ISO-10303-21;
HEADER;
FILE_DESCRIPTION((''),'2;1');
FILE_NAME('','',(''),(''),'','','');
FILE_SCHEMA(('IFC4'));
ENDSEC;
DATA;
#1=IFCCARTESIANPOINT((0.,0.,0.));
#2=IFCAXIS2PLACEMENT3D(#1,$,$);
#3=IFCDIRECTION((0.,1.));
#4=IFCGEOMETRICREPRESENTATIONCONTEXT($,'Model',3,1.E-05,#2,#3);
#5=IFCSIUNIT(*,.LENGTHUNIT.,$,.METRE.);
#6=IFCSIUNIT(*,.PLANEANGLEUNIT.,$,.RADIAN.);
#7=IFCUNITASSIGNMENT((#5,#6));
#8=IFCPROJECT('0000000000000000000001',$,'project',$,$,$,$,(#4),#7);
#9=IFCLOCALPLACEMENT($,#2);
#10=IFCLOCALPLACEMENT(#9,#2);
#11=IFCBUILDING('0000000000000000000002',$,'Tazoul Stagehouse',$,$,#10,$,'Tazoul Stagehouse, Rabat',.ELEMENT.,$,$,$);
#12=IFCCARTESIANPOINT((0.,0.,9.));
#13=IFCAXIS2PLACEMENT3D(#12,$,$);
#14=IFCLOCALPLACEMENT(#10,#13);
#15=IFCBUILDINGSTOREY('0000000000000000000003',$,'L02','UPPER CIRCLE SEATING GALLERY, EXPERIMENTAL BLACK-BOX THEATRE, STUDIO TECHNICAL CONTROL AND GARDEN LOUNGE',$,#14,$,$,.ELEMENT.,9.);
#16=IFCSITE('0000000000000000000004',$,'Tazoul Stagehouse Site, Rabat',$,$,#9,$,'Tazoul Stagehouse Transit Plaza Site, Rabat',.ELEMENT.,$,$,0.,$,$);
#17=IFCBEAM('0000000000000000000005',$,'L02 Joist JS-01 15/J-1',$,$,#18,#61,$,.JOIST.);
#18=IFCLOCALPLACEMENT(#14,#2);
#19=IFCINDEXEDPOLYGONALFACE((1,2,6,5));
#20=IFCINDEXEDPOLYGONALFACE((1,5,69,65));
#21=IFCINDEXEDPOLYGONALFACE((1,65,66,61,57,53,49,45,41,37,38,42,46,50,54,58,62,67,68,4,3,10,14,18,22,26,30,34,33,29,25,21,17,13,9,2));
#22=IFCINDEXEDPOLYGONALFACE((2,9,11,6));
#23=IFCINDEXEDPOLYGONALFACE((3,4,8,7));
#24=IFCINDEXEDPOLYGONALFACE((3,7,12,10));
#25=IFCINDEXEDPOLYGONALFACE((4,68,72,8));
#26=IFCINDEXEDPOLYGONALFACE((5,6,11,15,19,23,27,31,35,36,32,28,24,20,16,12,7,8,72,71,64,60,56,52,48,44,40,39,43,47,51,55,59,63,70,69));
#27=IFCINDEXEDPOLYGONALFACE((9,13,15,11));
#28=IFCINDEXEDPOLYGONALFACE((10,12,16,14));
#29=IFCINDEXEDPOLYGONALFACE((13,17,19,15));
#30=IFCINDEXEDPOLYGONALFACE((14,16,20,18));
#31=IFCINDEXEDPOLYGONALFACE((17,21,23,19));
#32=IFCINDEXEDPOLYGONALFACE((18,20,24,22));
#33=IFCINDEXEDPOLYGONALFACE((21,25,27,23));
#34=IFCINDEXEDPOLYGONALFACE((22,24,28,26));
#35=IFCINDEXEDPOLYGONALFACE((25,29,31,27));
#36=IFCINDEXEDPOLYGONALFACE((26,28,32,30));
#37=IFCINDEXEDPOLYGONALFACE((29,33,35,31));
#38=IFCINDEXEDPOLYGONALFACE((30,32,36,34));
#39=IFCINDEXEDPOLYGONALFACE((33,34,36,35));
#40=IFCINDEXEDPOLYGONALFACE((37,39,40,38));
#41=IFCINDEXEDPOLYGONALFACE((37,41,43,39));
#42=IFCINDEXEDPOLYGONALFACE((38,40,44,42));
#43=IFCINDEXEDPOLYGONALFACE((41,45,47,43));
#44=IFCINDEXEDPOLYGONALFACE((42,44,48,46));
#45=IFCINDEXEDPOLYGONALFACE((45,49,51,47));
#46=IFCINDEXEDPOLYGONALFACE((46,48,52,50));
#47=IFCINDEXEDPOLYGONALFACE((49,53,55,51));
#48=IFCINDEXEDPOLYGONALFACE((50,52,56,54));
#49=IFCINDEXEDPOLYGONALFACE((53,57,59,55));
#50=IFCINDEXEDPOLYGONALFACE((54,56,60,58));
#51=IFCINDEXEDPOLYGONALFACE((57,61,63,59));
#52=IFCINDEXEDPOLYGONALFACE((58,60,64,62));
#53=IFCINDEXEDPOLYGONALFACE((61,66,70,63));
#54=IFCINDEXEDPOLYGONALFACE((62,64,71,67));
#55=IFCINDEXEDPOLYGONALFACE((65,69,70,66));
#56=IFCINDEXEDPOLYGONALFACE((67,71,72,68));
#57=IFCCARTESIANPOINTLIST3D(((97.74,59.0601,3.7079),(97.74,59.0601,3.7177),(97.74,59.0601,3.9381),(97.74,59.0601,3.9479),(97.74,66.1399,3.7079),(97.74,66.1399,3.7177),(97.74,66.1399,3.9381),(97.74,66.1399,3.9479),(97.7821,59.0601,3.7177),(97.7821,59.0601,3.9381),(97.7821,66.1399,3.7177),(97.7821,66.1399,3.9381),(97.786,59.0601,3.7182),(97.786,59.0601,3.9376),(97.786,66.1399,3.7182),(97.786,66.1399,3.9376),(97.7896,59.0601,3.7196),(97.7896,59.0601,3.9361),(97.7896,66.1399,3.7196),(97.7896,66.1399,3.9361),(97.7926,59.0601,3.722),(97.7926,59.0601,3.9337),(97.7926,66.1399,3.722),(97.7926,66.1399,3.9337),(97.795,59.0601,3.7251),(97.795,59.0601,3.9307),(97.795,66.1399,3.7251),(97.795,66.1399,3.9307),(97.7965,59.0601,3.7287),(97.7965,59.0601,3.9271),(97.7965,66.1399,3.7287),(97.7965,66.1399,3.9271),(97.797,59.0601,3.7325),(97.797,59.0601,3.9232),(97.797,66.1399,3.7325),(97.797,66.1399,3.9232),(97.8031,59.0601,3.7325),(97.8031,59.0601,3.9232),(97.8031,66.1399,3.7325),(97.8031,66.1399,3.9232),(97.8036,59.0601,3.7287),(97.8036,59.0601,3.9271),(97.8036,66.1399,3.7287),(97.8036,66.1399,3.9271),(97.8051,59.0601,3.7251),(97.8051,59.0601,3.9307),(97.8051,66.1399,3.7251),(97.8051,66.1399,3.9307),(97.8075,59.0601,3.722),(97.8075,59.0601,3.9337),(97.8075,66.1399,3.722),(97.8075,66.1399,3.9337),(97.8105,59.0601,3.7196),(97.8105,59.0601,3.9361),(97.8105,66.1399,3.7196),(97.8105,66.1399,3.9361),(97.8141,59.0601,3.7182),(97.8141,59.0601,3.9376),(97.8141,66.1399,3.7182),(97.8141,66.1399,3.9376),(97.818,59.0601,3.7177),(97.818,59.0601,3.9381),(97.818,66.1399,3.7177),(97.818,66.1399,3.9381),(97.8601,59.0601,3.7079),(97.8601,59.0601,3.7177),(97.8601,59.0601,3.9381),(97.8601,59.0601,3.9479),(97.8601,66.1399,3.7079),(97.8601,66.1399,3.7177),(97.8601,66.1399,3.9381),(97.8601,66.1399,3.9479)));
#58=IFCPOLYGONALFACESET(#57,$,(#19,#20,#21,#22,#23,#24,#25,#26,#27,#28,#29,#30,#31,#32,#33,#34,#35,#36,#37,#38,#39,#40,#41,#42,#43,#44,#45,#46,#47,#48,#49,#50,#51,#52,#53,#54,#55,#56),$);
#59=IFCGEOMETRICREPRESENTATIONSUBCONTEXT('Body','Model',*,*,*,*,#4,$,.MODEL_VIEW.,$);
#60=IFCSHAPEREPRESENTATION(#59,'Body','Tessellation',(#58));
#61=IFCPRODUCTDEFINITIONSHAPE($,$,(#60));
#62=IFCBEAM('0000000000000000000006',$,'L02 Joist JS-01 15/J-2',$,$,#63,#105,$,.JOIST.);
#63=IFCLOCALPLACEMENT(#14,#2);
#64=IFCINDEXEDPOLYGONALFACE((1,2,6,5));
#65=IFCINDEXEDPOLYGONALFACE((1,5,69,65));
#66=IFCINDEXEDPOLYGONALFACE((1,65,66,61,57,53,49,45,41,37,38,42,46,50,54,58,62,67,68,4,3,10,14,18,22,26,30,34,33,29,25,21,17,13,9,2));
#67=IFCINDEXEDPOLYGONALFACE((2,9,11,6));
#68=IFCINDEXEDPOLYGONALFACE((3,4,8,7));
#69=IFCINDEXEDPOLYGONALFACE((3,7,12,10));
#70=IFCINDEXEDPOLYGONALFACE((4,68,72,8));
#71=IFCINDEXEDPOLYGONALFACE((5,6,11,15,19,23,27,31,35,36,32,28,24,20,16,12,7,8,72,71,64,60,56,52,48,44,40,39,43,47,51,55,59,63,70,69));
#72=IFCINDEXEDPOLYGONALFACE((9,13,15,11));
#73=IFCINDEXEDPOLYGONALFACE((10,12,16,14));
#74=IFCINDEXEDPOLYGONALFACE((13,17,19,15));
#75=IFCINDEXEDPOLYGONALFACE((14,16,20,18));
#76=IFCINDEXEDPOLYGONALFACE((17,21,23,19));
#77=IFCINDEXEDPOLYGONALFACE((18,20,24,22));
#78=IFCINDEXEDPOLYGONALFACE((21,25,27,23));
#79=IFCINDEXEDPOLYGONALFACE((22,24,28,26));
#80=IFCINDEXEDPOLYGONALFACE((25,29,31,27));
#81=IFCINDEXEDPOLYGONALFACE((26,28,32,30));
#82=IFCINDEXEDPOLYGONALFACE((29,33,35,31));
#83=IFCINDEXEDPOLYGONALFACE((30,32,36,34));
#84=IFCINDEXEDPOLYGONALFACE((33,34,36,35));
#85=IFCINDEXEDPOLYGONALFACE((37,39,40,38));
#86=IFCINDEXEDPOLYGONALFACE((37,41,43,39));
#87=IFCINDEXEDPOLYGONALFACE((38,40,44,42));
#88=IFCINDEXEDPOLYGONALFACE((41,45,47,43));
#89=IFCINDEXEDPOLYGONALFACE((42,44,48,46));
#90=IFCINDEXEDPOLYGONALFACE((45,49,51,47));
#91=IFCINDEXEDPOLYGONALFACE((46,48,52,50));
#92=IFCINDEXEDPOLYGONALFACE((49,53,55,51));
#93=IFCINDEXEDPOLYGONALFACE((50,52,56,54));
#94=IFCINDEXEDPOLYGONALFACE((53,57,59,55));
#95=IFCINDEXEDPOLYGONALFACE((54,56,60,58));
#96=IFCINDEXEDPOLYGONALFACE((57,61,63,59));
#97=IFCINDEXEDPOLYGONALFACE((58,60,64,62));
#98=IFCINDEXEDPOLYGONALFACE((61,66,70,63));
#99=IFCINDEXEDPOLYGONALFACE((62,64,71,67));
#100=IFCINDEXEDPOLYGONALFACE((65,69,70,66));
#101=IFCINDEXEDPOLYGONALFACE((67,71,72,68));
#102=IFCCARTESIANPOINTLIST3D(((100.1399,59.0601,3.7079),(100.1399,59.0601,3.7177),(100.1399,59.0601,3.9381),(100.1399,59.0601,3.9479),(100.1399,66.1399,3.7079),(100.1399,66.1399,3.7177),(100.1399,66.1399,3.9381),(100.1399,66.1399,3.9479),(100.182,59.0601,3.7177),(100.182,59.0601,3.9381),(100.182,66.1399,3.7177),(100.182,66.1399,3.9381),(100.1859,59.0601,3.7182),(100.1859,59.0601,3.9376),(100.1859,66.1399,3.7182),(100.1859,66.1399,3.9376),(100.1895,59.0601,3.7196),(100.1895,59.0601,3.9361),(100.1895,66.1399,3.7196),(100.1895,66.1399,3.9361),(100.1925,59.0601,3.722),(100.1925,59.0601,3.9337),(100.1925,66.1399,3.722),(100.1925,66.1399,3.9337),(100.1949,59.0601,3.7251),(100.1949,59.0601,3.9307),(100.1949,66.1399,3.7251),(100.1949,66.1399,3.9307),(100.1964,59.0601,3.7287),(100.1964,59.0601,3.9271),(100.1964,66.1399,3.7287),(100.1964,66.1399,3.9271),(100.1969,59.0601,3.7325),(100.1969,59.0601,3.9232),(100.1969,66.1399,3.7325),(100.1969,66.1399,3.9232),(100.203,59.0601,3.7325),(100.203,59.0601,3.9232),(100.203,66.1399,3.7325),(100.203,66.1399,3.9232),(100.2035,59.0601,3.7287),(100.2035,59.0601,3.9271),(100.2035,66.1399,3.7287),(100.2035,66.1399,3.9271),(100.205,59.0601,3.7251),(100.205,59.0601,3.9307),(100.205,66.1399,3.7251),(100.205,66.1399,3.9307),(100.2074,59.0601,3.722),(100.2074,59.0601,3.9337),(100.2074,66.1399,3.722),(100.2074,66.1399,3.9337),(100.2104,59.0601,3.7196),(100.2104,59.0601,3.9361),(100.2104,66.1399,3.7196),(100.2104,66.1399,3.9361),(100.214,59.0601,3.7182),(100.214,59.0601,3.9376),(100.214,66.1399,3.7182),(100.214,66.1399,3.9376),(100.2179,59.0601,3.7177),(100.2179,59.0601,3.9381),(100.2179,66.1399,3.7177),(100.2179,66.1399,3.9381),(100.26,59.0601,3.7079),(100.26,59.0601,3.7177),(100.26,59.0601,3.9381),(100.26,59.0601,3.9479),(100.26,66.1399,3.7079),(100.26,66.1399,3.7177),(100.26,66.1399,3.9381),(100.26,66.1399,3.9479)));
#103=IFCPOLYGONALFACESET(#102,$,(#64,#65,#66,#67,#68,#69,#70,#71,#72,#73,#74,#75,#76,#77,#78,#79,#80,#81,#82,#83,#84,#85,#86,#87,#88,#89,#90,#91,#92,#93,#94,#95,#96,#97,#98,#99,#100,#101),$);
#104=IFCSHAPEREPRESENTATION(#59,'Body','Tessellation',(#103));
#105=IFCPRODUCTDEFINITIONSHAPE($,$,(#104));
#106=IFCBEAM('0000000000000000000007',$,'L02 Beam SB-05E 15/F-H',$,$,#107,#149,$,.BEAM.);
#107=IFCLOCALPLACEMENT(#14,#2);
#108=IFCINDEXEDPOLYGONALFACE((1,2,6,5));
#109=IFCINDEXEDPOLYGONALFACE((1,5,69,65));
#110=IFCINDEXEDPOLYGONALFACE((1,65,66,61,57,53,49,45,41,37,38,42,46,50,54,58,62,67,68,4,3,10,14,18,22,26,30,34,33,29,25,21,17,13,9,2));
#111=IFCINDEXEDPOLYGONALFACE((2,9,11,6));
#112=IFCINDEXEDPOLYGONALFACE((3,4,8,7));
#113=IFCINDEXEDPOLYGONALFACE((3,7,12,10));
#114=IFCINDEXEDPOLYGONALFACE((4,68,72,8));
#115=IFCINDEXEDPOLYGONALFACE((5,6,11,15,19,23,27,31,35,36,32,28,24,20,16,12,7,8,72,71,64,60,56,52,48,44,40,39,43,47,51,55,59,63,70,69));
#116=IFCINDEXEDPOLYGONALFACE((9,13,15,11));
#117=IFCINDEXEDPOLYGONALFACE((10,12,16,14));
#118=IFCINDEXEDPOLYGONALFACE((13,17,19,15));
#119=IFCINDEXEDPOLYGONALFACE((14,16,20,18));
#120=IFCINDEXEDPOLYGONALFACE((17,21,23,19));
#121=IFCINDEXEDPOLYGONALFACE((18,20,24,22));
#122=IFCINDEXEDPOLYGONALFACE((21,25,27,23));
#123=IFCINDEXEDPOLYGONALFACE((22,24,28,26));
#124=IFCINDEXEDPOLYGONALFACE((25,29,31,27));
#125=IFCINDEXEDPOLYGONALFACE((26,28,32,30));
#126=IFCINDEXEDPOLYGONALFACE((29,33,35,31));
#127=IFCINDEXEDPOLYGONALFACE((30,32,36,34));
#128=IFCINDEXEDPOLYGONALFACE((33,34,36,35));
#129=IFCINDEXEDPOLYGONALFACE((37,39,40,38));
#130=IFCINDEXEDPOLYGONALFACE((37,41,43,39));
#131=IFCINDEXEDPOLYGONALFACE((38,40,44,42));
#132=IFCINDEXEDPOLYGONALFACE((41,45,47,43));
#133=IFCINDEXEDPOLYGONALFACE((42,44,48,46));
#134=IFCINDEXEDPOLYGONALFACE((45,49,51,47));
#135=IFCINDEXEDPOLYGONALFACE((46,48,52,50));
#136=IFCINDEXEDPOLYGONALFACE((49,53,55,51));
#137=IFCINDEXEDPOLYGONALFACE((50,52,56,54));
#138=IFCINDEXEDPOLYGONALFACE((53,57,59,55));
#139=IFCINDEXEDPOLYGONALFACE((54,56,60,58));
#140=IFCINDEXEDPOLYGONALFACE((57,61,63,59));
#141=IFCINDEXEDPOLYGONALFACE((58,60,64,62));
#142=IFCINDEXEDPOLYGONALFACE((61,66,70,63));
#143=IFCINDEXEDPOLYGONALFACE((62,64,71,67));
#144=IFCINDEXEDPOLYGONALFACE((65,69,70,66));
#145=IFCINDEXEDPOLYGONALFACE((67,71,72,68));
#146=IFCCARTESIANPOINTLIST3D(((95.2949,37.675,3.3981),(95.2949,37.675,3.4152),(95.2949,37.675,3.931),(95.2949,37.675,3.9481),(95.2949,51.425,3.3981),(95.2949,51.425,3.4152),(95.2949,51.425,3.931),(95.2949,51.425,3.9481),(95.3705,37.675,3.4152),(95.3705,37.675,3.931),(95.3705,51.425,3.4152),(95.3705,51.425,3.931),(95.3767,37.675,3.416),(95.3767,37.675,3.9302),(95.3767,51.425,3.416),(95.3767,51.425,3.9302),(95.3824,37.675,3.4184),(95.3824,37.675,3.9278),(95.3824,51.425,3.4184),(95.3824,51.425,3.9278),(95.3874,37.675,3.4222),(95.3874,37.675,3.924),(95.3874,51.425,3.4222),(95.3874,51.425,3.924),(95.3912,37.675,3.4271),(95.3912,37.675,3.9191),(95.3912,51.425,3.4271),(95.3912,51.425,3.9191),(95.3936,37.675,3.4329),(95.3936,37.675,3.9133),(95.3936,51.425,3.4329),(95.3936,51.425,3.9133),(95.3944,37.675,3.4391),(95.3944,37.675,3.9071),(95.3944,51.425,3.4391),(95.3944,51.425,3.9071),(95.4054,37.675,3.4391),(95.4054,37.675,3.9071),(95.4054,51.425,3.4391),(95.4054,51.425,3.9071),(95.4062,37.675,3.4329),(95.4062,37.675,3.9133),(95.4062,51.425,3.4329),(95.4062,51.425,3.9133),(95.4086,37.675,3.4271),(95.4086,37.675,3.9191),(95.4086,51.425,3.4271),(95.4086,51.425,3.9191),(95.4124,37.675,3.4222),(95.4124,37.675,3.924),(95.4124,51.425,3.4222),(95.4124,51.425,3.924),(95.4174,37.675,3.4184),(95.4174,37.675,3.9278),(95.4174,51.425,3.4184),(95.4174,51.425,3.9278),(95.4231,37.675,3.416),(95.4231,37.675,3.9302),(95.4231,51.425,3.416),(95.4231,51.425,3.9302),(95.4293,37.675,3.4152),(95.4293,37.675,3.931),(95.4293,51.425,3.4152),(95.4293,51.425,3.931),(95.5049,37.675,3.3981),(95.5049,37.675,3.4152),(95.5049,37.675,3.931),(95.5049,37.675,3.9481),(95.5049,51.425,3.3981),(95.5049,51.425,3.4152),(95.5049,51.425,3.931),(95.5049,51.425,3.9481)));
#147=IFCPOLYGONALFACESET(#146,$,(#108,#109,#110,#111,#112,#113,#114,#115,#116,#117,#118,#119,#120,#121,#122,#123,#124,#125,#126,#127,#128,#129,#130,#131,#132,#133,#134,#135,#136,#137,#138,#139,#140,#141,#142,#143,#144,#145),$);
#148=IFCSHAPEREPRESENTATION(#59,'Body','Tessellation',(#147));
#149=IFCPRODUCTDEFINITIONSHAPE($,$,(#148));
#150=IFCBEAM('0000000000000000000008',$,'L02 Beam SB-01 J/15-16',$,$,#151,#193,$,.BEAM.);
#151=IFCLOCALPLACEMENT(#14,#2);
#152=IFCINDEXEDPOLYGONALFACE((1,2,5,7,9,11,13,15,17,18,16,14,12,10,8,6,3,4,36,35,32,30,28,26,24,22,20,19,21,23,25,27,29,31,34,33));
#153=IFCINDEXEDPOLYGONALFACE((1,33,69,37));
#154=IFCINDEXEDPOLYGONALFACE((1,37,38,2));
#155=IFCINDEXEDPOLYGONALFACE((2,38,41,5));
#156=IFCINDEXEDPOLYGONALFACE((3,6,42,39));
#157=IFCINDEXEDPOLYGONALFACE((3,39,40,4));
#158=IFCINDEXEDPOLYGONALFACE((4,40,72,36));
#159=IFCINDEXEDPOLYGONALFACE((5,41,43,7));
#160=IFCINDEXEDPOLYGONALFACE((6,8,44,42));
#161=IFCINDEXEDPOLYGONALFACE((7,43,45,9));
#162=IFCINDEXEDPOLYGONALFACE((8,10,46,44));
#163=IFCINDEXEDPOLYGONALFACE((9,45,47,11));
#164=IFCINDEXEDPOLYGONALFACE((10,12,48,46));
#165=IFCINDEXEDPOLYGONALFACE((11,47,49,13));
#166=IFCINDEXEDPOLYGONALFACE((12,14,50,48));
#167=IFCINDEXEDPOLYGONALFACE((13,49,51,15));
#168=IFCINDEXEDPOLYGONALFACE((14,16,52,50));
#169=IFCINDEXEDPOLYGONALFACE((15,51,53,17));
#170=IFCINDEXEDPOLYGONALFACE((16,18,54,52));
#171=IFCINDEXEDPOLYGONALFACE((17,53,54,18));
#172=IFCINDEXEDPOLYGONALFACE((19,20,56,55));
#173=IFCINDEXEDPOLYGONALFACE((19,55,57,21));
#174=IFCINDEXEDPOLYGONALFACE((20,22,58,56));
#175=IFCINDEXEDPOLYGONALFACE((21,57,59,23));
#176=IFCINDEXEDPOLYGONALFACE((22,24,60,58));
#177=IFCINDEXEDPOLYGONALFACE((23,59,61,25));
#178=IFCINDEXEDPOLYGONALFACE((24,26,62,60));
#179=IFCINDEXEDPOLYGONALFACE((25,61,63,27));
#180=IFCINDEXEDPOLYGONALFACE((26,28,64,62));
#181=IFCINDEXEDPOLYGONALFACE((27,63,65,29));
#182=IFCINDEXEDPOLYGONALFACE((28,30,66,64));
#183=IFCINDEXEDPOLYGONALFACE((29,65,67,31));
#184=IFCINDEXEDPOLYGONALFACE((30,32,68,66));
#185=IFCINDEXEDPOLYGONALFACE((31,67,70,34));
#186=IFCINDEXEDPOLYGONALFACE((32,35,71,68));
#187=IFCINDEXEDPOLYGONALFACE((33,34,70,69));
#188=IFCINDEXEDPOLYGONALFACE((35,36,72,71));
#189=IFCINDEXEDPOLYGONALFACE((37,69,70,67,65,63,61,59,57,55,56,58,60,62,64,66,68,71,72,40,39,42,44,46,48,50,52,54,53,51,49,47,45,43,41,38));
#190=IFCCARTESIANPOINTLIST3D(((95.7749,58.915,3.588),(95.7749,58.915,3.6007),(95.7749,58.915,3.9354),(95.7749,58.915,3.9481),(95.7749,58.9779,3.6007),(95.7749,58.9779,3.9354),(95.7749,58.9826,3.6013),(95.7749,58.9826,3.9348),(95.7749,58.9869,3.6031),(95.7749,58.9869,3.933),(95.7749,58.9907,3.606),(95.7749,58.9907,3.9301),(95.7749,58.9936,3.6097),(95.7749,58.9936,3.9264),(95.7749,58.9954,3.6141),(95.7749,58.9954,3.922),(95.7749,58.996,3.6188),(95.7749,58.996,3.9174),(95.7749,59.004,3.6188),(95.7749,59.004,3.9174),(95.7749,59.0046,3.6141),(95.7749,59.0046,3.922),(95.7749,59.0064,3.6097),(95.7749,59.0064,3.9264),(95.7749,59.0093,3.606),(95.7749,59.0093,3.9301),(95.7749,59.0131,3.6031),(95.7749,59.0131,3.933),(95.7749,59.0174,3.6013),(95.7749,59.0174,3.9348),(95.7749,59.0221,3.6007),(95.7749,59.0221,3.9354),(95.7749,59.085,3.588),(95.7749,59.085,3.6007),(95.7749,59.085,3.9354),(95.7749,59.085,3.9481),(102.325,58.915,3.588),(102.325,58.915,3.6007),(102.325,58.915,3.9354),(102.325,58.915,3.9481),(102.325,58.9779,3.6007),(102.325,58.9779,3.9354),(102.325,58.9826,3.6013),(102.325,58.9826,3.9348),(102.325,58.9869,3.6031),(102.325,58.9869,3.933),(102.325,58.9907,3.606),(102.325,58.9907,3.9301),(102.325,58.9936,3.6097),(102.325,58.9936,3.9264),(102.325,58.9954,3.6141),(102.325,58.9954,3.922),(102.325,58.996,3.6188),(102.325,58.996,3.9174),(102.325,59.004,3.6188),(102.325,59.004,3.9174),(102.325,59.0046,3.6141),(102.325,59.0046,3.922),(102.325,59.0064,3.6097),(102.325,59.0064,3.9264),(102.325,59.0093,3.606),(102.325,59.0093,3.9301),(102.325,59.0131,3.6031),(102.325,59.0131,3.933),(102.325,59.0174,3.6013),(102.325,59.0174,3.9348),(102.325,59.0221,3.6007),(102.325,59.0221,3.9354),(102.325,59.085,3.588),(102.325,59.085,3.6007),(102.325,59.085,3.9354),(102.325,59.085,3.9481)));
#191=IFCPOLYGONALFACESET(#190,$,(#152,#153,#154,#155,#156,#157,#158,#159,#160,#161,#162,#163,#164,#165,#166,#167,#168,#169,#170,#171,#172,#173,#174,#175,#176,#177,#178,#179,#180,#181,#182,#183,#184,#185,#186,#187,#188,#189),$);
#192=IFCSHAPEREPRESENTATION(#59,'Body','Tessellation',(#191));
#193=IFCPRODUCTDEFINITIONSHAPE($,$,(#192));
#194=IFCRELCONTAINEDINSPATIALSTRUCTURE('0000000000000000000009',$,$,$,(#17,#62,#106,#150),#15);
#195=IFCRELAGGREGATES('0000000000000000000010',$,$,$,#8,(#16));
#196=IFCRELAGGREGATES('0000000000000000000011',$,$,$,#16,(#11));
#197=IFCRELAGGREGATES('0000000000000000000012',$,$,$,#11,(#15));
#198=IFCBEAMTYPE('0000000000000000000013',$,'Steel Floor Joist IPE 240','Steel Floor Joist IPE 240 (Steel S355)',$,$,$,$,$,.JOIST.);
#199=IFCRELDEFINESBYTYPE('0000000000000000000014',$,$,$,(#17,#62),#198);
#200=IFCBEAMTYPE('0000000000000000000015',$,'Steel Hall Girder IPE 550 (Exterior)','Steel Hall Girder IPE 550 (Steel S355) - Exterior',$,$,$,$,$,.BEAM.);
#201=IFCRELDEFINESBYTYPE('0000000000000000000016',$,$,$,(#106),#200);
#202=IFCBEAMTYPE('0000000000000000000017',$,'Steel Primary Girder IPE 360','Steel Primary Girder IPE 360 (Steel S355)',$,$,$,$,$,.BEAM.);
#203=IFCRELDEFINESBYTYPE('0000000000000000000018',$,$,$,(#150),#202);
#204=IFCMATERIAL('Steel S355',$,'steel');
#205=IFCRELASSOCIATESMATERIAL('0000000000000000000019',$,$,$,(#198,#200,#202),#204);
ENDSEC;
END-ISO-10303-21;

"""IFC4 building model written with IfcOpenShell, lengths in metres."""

from ifc_helpers import new_model, si_unit, direction, frame, origin, origin_2d, place, context, subcontext, project, spatial, i_section, extrude, material, material_profile, profile_set, type_object, element, save


model = new_model("IFC4")

# Units and contexts
model_context = context("Model", 3, precision=1e-05, world=origin(), true_north=direction((0.0, 1.0)))
body_context = subcontext(model_context, "Body", "Model", "MODEL_VIEW")
ifc_project = project(units=[si_unit("LENGTHUNIT", "METRE"), si_unit("PLANEANGLEUNIT", "RADIAN")], contexts=[model_context])

# Site, building, storey
site_placement = place(None, origin())
site = spatial("IfcSite", under=ifc_project, at=site_placement, Name="Tazoul Stagehouse Site, Rabat", LongName="Tazoul Stagehouse Transit Plaza Site, Rabat", CompositionType="ELEMENT", RefElevation=0.0)
building_placement = place(site_placement, origin())
building = spatial("IfcBuilding", under=site, at=building_placement, Name="Tazoul Stagehouse", LongName="Tazoul Stagehouse, Rabat", CompositionType="ELEMENT")
storey_placement = place(building_placement, frame((0.0, 0.0, 9.0)))
storey = spatial("IfcBuildingStorey", under=building, at=storey_placement, Name="L02", Description="UPPER CIRCLE SEATING GALLERY, EXPERIMENTAL BLACK-BOX THEATRE, STUDIO TECHNICAL CONTROL AND GARDEN LOUNGE", CompositionType="ELEMENT", Elevation=9.0)

# Beams
ifc_material_1 = material(Name="Steel S355", Category="steel")
ifc_material_profile_1 = material_profile(ifc_material_1, i_section(OverallWidth=0.1201, OverallDepth=0.24, WebThickness=0.0061, FlangeThickness=0.0098, FilletRadius=0.0149, at=origin_2d()), Name="IPE 240")
ifc_profile_set_1 = profile_set([ifc_material_profile_1], Name="Steel S355")
beam_type_1 = type_object("IfcBeamType", Name="Steel Floor Joist IPE 240", Description="Steel Floor Joist IPE 240 (Steel S355)", PredefinedType="JOIST", material=ifc_profile_set_1)
for number, where, z_axis, x_axis, name in (
    (1, (97.8, 59.0601, 3.8279), (0.0, 1.0, 0.0), (-1.0, 0.0, 0.0), "L02 Joist JS-01 15/J-1"),
    (2, (100.2, 59.0601, 3.8279), (0.0, 1.0, 0.0), (-1.0, 0.0, 0.0), "L02 Joist JS-01 15/J-2"),
):
    element("IfcBeam", number, at=place(storey_placement, frame(where, z_axis=z_axis, x_axis=x_axis)), inside=storey, type_object=beam_type_1, Name=name, PredefinedType="JOIST", context=body_context, shape_type="SweptSolid", body=[
        extrude(i_section(OverallWidth=0.1201, OverallDepth=0.24, WebThickness=0.0061, FlangeThickness=0.0098, FilletRadius=0.0149, at=origin_2d()), origin(), (0.0, 0.0, 1.0), 7.0798),
    ])
ifc_material_profile_2 = material_profile(ifc_material_1, i_section(OverallWidth=0.21, OverallDepth=0.55, WebThickness=0.011, FlangeThickness=0.0171, FilletRadius=0.0239, at=origin_2d()), Name="IPE 550")
ifc_profile_set_2 = profile_set([ifc_material_profile_2], Name="Steel S355")
beam_type_2 = type_object("IfcBeamType", Name="Steel Hall Girder IPE 550 (Exterior)", Description="Steel Hall Girder IPE 550 (Steel S355) - Exterior", PredefinedType="BEAM", material=ifc_profile_set_2)
beam_1_placement = place(storey_placement, frame((95.3999, 37.675, 3.6731), z_axis=(0.0, 1.0, 0.0), x_axis=(-1.0, 0.0, 0.0)))
element("IfcBeam", 3, at=beam_1_placement, inside=storey, type_object=beam_type_2, Name="L02 Beam SB-05E 15/F-H", PredefinedType="BEAM", context=body_context, shape_type="SweptSolid", body=[
    extrude(i_section(OverallWidth=0.21, OverallDepth=0.55, WebThickness=0.011, FlangeThickness=0.0171, FilletRadius=0.0239, at=origin_2d()), origin(), (0.0, 0.0, 1.0), 13.75),
])
ifc_material_profile_3 = material_profile(ifc_material_1, i_section(OverallWidth=0.1699, OverallDepth=0.3601, WebThickness=0.0081, FlangeThickness=0.0127, FilletRadius=0.0181, at=origin_2d()), Name="IPE 360")
ifc_profile_set_3 = profile_set([ifc_material_profile_3], Name="Steel S355")
beam_type_3 = type_object("IfcBeamType", Name="Steel Primary Girder IPE 360", Description="Steel Primary Girder IPE 360 (Steel S355)", PredefinedType="BEAM", material=ifc_profile_set_3)
beam_2_placement = place(storey_placement, frame((95.7749, 59.0, 3.7681), z_axis=(1.0, 0.0, 0.0), x_axis=(0.0, 1.0, 0.0)))
element("IfcBeam", 4, at=beam_2_placement, inside=storey, type_object=beam_type_3, Name="L02 Beam SB-01 J/15-16", PredefinedType="BEAM", context=body_context, shape_type="SweptSolid", body=[
    extrude(i_section(OverallWidth=0.1699, OverallDepth=0.3601, WebThickness=0.0081, FlangeThickness=0.0127, FilletRadius=0.0181, at=origin_2d()), origin(), (0.0, 0.0, 1.0), 6.55),
])

save(model, "model.ifc")
